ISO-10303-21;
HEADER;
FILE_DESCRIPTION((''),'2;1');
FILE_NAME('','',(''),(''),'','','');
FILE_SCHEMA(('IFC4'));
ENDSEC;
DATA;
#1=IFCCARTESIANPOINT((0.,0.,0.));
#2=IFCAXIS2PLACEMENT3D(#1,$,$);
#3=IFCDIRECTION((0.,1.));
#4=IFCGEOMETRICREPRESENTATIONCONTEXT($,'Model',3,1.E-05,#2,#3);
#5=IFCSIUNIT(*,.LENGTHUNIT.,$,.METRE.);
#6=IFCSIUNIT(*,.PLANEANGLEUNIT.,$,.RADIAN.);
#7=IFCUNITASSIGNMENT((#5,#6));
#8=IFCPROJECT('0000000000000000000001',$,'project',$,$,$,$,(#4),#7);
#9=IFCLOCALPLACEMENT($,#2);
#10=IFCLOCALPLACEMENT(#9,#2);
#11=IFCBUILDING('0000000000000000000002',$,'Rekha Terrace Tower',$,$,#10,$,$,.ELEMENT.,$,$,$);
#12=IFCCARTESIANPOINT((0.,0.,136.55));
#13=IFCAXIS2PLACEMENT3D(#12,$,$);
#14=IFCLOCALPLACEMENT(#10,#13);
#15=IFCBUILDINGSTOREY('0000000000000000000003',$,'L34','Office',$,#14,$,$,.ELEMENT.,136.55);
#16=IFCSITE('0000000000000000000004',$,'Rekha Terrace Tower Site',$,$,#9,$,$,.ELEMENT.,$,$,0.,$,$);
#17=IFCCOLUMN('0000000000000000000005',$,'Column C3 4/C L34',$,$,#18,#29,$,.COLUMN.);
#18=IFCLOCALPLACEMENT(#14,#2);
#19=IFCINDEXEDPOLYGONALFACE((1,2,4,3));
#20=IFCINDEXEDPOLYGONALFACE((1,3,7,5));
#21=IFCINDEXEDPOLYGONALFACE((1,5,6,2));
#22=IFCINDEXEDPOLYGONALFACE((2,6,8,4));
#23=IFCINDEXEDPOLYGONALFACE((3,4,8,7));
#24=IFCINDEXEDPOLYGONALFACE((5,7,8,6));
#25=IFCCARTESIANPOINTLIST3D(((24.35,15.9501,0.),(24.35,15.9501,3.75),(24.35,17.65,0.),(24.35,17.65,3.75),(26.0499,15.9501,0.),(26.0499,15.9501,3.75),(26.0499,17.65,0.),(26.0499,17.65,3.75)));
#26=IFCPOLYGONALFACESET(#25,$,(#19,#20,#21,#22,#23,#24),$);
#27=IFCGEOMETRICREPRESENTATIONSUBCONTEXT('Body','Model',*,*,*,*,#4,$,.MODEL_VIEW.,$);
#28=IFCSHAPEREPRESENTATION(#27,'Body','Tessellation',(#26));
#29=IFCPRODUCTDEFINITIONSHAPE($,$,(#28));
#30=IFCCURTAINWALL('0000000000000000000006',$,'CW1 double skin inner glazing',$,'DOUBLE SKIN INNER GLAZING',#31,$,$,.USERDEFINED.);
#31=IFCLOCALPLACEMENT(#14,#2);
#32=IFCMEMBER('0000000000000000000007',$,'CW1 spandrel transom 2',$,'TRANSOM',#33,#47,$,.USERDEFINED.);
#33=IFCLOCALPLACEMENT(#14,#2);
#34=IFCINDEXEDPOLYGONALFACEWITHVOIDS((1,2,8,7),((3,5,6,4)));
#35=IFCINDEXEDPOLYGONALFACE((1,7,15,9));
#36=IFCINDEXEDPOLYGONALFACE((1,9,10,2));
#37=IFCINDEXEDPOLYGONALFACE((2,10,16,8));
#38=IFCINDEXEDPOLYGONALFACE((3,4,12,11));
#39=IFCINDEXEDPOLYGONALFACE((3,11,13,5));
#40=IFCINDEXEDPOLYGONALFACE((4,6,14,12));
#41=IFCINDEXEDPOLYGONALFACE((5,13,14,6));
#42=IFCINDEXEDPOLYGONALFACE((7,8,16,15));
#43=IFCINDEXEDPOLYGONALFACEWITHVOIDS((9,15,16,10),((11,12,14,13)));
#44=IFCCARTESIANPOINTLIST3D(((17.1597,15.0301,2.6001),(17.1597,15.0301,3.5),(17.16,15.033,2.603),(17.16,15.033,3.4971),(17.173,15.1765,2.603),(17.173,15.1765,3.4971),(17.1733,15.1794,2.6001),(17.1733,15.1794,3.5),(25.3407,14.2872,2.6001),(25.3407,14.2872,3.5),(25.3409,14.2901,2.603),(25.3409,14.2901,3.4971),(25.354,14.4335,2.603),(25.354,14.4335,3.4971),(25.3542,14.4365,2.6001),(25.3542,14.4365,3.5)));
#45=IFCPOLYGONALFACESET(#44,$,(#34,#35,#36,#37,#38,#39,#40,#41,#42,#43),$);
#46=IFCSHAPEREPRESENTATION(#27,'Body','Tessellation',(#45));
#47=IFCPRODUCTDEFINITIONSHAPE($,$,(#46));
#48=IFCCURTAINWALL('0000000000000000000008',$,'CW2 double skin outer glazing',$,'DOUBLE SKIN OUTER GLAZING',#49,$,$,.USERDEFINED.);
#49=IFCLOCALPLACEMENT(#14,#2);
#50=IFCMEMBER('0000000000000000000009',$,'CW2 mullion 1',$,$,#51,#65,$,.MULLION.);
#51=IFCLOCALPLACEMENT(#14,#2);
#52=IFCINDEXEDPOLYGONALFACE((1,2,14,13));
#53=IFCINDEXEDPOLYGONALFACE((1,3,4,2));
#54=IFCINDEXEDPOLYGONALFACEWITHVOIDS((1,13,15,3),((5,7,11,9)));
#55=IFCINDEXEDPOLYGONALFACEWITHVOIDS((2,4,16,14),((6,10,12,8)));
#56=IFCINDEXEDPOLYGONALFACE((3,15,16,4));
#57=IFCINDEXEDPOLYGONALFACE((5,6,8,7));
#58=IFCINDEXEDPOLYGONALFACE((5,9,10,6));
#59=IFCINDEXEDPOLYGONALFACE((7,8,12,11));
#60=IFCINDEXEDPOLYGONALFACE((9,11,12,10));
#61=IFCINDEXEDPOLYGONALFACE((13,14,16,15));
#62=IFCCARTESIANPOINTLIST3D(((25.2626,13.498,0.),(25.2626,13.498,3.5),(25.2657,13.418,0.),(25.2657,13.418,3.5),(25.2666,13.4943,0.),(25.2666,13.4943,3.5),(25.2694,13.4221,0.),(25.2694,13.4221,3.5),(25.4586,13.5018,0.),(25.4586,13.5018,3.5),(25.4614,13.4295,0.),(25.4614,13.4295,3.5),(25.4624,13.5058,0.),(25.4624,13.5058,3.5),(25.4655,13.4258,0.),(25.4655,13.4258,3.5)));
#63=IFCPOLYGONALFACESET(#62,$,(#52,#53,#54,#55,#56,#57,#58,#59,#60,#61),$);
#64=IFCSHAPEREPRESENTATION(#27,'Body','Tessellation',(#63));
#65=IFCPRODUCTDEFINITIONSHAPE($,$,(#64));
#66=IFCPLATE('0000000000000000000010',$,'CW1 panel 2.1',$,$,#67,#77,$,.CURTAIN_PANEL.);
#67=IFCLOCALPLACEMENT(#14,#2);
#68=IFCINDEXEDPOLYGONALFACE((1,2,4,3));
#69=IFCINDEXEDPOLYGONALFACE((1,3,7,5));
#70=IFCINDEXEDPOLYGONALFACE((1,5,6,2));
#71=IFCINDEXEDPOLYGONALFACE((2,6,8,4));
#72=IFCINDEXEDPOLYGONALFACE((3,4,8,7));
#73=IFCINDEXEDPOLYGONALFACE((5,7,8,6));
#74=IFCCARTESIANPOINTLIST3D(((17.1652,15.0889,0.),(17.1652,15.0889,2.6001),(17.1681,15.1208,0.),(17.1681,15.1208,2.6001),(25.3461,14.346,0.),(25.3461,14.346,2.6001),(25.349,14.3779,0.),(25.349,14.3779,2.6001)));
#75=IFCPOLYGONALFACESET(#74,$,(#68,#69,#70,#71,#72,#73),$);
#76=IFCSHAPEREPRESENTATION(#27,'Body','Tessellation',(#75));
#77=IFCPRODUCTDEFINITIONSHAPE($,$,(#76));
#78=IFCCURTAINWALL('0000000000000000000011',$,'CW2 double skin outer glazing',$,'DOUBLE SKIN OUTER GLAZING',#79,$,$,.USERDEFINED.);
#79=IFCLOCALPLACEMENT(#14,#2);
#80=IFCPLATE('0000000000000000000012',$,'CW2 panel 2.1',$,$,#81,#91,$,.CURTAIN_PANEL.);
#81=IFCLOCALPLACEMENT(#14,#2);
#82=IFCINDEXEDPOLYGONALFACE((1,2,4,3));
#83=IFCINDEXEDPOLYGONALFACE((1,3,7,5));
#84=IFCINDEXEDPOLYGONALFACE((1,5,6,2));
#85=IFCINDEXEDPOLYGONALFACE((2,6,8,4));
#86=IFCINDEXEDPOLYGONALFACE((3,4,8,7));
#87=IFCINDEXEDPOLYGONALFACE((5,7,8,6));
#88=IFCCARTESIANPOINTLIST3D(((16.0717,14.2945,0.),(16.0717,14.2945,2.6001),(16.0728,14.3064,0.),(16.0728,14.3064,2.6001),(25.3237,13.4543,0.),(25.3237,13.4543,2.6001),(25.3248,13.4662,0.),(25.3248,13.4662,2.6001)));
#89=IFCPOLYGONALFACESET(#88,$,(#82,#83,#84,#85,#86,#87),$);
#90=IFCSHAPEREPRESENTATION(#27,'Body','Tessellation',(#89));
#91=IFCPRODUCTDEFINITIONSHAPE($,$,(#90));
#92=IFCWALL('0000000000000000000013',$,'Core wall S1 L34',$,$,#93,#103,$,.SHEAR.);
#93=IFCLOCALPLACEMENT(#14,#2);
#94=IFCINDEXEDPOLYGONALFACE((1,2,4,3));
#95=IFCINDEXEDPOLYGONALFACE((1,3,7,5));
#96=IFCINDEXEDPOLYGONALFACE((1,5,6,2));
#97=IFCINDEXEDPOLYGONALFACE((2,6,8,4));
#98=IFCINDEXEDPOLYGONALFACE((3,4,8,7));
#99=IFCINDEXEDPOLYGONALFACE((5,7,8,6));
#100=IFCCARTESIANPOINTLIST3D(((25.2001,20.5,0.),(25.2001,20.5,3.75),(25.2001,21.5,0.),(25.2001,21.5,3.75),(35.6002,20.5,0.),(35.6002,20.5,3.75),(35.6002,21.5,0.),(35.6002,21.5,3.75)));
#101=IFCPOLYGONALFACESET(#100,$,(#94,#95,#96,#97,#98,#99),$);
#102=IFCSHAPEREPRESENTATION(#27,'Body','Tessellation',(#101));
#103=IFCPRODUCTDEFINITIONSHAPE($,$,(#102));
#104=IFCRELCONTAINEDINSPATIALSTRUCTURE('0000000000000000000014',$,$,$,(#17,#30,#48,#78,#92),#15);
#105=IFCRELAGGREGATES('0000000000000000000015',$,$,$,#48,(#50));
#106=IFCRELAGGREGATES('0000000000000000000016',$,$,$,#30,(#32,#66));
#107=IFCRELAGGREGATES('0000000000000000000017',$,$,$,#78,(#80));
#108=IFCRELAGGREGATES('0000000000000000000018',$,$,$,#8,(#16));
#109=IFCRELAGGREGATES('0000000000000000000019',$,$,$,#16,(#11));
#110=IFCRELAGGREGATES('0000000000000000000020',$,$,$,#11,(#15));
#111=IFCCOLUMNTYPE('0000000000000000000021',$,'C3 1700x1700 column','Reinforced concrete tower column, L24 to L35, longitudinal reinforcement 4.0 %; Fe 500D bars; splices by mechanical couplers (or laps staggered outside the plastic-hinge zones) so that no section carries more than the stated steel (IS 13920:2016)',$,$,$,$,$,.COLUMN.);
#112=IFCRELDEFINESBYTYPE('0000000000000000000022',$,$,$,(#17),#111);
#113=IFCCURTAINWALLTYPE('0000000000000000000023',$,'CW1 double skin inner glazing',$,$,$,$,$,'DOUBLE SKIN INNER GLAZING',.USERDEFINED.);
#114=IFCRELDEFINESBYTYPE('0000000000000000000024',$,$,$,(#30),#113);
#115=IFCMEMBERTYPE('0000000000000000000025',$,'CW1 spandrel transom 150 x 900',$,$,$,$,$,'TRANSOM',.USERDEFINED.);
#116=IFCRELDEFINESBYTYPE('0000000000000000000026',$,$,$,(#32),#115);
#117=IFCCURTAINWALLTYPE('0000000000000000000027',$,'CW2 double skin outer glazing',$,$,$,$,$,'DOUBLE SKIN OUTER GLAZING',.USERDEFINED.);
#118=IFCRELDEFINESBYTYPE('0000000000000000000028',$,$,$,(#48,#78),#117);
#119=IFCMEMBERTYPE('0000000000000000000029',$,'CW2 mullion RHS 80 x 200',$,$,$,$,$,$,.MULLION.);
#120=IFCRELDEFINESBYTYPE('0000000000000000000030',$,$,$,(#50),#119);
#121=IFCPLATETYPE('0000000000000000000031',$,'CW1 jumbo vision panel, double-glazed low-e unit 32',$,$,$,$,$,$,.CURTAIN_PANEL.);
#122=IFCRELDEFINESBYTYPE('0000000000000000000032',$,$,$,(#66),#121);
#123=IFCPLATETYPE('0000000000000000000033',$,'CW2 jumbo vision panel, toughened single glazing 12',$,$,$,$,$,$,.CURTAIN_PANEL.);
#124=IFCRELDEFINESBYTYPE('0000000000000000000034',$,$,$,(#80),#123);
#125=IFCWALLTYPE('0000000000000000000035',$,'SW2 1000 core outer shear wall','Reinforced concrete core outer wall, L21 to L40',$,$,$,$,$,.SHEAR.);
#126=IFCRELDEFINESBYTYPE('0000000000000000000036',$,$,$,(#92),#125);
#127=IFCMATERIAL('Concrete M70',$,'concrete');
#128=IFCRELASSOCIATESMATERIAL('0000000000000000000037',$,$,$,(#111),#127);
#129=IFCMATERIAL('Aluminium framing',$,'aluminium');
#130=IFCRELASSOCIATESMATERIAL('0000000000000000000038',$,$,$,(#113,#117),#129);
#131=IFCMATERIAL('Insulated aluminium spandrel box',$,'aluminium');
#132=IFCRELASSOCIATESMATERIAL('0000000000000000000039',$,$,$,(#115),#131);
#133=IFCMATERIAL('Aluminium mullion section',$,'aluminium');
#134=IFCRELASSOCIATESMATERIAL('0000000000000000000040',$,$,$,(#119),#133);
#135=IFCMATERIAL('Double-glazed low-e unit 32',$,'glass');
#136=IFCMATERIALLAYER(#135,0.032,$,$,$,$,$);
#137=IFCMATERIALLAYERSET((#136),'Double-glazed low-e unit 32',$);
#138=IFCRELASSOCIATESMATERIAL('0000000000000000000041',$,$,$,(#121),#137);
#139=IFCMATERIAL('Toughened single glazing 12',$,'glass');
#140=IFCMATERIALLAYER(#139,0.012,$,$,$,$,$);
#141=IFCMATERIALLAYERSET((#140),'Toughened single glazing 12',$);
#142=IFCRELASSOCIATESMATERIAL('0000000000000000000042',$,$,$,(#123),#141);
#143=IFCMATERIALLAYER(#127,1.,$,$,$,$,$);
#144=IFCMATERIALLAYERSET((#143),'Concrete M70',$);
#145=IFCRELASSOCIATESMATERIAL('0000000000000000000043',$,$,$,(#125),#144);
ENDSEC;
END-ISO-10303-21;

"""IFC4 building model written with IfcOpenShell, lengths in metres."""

from ifc_helpers import new_model, si_unit, direction, frame, frame_2d, origin, origin_2d, place, context, subcontext, project, spatial, rectangle, hollow_rectangle, extrude, material, layer, layer_set, material_profile, profile_set, type_object, element, aggregate, save


model = new_model("IFC4")

# Units and contexts
model_context = context("Model", 3, precision=1e-05, world=origin(), true_north=direction((0.0, 1.0)))
body_context = subcontext(model_context, "Body", "Model", "MODEL_VIEW")
ifc_project = project(units=[si_unit("LENGTHUNIT", "METRE"), si_unit("PLANEANGLEUNIT", "RADIAN")], contexts=[model_context])

# Site, building, storey
site_placement = place(None, origin())
site = spatial("IfcSite", under=ifc_project, at=site_placement, Name="Rekha Terrace Tower Site", CompositionType="ELEMENT", RefElevation=0.0)
building_placement = place(site_placement, origin())
building = spatial("IfcBuilding", under=site, at=building_placement, Name="Rekha Terrace Tower", CompositionType="ELEMENT")
storey_placement = place(building_placement, frame((0.0, 0.0, 136.55)))
storey = spatial("IfcBuildingStorey", under=building, at=storey_placement, Name="L34", Description="Office", CompositionType="ELEMENT", Elevation=136.55)

# Column
ifc_material_1 = material(Name="Concrete M70", Category="concrete")
ifc_material_profile_1 = material_profile(ifc_material_1, rectangle(XDim=1.7, YDim=1.7, at=origin_2d()), Name="RC 1700x1700")
ifc_profile_set_1 = profile_set([ifc_material_profile_1], Name="Concrete M70")
column_type = type_object("IfcColumnType", Name="C3 1700x1700 column", Description="Reinforced concrete tower column, L24 to L35, longitudinal reinforcement 4.0 %; Fe 500D bars; splices by mechanical couplers (or laps staggered outside the plastic-hinge zones) so that no section carries more than the stated steel (IS 13920:2016)", PredefinedType="COLUMN", material=ifc_profile_set_1)
column_placement = place(storey_placement, frame((25.2, 16.8, 0.0), z_axis=(0.0, 0.0, 1.0), x_axis=(1.0, 0.0, 0.0)))
element("IfcColumn", 1, at=column_placement, inside=storey, type_object=column_type, Name="Column C3 4/C L34", PredefinedType="COLUMN", context=body_context, shape_type="SweptSolid", body=[
    extrude(rectangle(XDim=1.7, YDim=1.7, at=origin_2d()), origin(), (0.0, 0.0, 1.0), 3.75),
])

# Curtain walls, members
ifc_material_2 = material(Name="Aluminium framing", Category="aluminium")
curtain_wall_type_1 = type_object("IfcCurtainWallType", Name="CW1 double skin inner glazing", ElementType="DOUBLE SKIN INNER GLAZING", PredefinedType="USERDEFINED", material=ifc_material_2)
curtain_wall_1_placement = place(storey_placement, origin())
curtain_wall_1 = element("IfcCurtainWall", 2, at=curtain_wall_1_placement, inside=storey, type_object=curtain_wall_type_1, Name="CW1 double skin inner glazing", ObjectType="DOUBLE SKIN INNER GLAZING", PredefinedType="USERDEFINED")
ifc_material_3 = material(Name="Insulated aluminium spandrel box", Category="aluminium")
ifc_material_profile_2 = material_profile(ifc_material_3, hollow_rectangle(XDim=0.1499, YDim=0.8999, WallThickness=0.0029, at=origin_2d()), Name="AL SPANDREL BOX 150x900")
ifc_profile_set_2 = profile_set([ifc_material_profile_2], Name="Insulated aluminium spandrel box")
member_type_1 = type_object("IfcMemberType", Name="CW1 spandrel transom 150 x 900", ElementType="TRANSOM", PredefinedType="USERDEFINED", material=ifc_profile_set_2)
member_1_placement = place(storey_placement, frame((17.1665, 15.1047, 3.05), z_axis=(0.995902, -0.090439, 0.0), x_axis=(0.090439, 0.995902, 0.0)))
member_1 = element("IfcMember", 3, at=member_1_placement, type_object=member_type_1, Name="CW1 spandrel transom 2", ObjectType="TRANSOM", PredefinedType="USERDEFINED", context=body_context, shape_type="SweptSolid", body=[
    extrude(hollow_rectangle(XDim=0.1499, YDim=0.8999, WallThickness=0.0029, at=origin_2d()), origin(), (0.0, 0.0, 1.0), 8.2146),
])
curtain_wall_type_2 = type_object("IfcCurtainWallType", Name="CW2 double skin outer glazing", ElementType="DOUBLE SKIN OUTER GLAZING", PredefinedType="USERDEFINED", material=ifc_material_2)
curtain_wall_2_placement = place(storey_placement, origin())
curtain_wall_2 = element("IfcCurtainWall", 4, at=curtain_wall_2_placement, inside=storey, type_object=curtain_wall_type_2, Name="CW2 double skin outer glazing", ObjectType="DOUBLE SKIN OUTER GLAZING", PredefinedType="USERDEFINED")
ifc_material_4 = material(Name="Aluminium mullion section", Category="aluminium")
ifc_material_profile_3 = material_profile(ifc_material_4, hollow_rectangle(XDim=0.0801, YDim=0.2, WallThickness=0.0039, at=origin_2d()), Name="AL RHS 80x200")
ifc_profile_set_3 = profile_set([ifc_material_profile_3], Name="Aluminium mullion section")
member_type_2 = type_object("IfcMemberType", Name="CW2 mullion RHS 80 x 200", PredefinedType="MULLION", material=ifc_profile_set_3)
member_2_placement = place(storey_placement, frame((25.364, 13.4619, 0.0), z_axis=(0.0, 0.0, 1.0), x_axis=(-0.03889, 0.999243, 0.0)))
member_2 = element("IfcMember", 5, at=member_2_placement, type_object=member_type_2, Name="CW2 mullion 1", PredefinedType="MULLION", context=body_context, shape_type="SweptSolid", body=[
    extrude(hollow_rectangle(XDim=0.0801, YDim=0.2, WallThickness=0.0039, at=origin_2d()), origin(), (0.0, 0.0, 1.0), 3.5),
])
aggregate(curtain_wall_2, [member_2])

# Plate
ifc_material_5 = material(Name="Double-glazed low-e unit 32", Category="glass")
ifc_layer_1 = layer(ifc_material_5, 0.032)
ifc_layer_set_1 = layer_set([ifc_layer_1], Name="Double-glazed low-e unit 32")
plate_type_1 = type_object("IfcPlateType", Name="CW1 jumbo vision panel, double-glazed low-e unit 32", PredefinedType="CURTAIN_PANEL", material=ifc_layer_set_1)
plate_1_placement = place(storey_placement, frame((21.2571, 14.7334, 0.0), z_axis=(0.0, 0.0, 1.0), x_axis=(0.995902, -0.09044, 0.0)))
plate_1 = element("IfcPlate", 6, at=plate_1_placement, type_object=plate_type_1, Name="CW1 panel 2.1", PredefinedType="CURTAIN_PANEL", context=body_context, shape_type="SweptSolid", body=[
    extrude(rectangle(XDim=8.2146, YDim=0.032, at=origin_2d()), origin(), (0.0, 0.0, 1.0), 2.6001),
])
aggregate(curtain_wall_1, [member_1, plate_1])

# Curtain wall, plate
curtain_wall_3_placement = place(storey_placement, origin())
curtain_wall_3 = element("IfcCurtainWall", 7, at=curtain_wall_3_placement, inside=storey, type_object=curtain_wall_type_2, Name="CW2 double skin outer glazing", ObjectType="DOUBLE SKIN OUTER GLAZING", PredefinedType="USERDEFINED")
ifc_material_6 = material(Name="Toughened single glazing 12", Category="glass")
ifc_layer_2 = layer(ifc_material_6, 0.012)
ifc_layer_set_2 = layer_set([ifc_layer_2], Name="Toughened single glazing 12")
plate_type_2 = type_object("IfcPlateType", Name="CW2 jumbo vision panel, toughened single glazing 12", PredefinedType="CURTAIN_PANEL", material=ifc_layer_set_2)
plate_2_placement = place(storey_placement, frame((20.6982, 13.8804, 0.0), z_axis=(0.0, 0.0, 1.0), x_axis=(0.995902, -0.09044, 0.0)))
plate_2 = element("IfcPlate", 8, at=plate_2_placement, type_object=plate_type_2, Name="CW2 panel 2.1", PredefinedType="CURTAIN_PANEL", context=body_context, shape_type="SweptSolid", body=[
    extrude(rectangle(XDim=9.29, YDim=0.012, at=origin_2d()), origin(), (0.0, 0.0, 1.0), 2.6001),
])
aggregate(curtain_wall_3, [plate_2])

# Wall
ifc_layer_3 = layer(ifc_material_1, 1.0)
ifc_layer_set_3 = layer_set([ifc_layer_3], Name="Concrete M70")
wall_type_1 = type_object("IfcWallType", Name="SW2 1000 core outer shear wall", Description="Reinforced concrete core outer wall, L21 to L40", PredefinedType="SHEAR", material=ifc_layer_set_3)
wall_1_placement = place(storey_placement, frame((25.2, 21.0, 0.0), z_axis=(0.0, 0.0, 1.0), x_axis=(1.0, 0.0, 0.0)))
element("IfcWall", 9, at=wall_1_placement, inside=storey, type_object=wall_type_1, Name="Core wall S1 L34", PredefinedType="SHEAR", context=body_context, shape_type="SweptSolid", body=[
    extrude(rectangle(XDim=10.4001, YDim=1.0, at=frame_2d((5.2002, 0.0))), origin(), (0.0, 0.0, 1.0), 3.75),
])

save(model, "model.ifc")
